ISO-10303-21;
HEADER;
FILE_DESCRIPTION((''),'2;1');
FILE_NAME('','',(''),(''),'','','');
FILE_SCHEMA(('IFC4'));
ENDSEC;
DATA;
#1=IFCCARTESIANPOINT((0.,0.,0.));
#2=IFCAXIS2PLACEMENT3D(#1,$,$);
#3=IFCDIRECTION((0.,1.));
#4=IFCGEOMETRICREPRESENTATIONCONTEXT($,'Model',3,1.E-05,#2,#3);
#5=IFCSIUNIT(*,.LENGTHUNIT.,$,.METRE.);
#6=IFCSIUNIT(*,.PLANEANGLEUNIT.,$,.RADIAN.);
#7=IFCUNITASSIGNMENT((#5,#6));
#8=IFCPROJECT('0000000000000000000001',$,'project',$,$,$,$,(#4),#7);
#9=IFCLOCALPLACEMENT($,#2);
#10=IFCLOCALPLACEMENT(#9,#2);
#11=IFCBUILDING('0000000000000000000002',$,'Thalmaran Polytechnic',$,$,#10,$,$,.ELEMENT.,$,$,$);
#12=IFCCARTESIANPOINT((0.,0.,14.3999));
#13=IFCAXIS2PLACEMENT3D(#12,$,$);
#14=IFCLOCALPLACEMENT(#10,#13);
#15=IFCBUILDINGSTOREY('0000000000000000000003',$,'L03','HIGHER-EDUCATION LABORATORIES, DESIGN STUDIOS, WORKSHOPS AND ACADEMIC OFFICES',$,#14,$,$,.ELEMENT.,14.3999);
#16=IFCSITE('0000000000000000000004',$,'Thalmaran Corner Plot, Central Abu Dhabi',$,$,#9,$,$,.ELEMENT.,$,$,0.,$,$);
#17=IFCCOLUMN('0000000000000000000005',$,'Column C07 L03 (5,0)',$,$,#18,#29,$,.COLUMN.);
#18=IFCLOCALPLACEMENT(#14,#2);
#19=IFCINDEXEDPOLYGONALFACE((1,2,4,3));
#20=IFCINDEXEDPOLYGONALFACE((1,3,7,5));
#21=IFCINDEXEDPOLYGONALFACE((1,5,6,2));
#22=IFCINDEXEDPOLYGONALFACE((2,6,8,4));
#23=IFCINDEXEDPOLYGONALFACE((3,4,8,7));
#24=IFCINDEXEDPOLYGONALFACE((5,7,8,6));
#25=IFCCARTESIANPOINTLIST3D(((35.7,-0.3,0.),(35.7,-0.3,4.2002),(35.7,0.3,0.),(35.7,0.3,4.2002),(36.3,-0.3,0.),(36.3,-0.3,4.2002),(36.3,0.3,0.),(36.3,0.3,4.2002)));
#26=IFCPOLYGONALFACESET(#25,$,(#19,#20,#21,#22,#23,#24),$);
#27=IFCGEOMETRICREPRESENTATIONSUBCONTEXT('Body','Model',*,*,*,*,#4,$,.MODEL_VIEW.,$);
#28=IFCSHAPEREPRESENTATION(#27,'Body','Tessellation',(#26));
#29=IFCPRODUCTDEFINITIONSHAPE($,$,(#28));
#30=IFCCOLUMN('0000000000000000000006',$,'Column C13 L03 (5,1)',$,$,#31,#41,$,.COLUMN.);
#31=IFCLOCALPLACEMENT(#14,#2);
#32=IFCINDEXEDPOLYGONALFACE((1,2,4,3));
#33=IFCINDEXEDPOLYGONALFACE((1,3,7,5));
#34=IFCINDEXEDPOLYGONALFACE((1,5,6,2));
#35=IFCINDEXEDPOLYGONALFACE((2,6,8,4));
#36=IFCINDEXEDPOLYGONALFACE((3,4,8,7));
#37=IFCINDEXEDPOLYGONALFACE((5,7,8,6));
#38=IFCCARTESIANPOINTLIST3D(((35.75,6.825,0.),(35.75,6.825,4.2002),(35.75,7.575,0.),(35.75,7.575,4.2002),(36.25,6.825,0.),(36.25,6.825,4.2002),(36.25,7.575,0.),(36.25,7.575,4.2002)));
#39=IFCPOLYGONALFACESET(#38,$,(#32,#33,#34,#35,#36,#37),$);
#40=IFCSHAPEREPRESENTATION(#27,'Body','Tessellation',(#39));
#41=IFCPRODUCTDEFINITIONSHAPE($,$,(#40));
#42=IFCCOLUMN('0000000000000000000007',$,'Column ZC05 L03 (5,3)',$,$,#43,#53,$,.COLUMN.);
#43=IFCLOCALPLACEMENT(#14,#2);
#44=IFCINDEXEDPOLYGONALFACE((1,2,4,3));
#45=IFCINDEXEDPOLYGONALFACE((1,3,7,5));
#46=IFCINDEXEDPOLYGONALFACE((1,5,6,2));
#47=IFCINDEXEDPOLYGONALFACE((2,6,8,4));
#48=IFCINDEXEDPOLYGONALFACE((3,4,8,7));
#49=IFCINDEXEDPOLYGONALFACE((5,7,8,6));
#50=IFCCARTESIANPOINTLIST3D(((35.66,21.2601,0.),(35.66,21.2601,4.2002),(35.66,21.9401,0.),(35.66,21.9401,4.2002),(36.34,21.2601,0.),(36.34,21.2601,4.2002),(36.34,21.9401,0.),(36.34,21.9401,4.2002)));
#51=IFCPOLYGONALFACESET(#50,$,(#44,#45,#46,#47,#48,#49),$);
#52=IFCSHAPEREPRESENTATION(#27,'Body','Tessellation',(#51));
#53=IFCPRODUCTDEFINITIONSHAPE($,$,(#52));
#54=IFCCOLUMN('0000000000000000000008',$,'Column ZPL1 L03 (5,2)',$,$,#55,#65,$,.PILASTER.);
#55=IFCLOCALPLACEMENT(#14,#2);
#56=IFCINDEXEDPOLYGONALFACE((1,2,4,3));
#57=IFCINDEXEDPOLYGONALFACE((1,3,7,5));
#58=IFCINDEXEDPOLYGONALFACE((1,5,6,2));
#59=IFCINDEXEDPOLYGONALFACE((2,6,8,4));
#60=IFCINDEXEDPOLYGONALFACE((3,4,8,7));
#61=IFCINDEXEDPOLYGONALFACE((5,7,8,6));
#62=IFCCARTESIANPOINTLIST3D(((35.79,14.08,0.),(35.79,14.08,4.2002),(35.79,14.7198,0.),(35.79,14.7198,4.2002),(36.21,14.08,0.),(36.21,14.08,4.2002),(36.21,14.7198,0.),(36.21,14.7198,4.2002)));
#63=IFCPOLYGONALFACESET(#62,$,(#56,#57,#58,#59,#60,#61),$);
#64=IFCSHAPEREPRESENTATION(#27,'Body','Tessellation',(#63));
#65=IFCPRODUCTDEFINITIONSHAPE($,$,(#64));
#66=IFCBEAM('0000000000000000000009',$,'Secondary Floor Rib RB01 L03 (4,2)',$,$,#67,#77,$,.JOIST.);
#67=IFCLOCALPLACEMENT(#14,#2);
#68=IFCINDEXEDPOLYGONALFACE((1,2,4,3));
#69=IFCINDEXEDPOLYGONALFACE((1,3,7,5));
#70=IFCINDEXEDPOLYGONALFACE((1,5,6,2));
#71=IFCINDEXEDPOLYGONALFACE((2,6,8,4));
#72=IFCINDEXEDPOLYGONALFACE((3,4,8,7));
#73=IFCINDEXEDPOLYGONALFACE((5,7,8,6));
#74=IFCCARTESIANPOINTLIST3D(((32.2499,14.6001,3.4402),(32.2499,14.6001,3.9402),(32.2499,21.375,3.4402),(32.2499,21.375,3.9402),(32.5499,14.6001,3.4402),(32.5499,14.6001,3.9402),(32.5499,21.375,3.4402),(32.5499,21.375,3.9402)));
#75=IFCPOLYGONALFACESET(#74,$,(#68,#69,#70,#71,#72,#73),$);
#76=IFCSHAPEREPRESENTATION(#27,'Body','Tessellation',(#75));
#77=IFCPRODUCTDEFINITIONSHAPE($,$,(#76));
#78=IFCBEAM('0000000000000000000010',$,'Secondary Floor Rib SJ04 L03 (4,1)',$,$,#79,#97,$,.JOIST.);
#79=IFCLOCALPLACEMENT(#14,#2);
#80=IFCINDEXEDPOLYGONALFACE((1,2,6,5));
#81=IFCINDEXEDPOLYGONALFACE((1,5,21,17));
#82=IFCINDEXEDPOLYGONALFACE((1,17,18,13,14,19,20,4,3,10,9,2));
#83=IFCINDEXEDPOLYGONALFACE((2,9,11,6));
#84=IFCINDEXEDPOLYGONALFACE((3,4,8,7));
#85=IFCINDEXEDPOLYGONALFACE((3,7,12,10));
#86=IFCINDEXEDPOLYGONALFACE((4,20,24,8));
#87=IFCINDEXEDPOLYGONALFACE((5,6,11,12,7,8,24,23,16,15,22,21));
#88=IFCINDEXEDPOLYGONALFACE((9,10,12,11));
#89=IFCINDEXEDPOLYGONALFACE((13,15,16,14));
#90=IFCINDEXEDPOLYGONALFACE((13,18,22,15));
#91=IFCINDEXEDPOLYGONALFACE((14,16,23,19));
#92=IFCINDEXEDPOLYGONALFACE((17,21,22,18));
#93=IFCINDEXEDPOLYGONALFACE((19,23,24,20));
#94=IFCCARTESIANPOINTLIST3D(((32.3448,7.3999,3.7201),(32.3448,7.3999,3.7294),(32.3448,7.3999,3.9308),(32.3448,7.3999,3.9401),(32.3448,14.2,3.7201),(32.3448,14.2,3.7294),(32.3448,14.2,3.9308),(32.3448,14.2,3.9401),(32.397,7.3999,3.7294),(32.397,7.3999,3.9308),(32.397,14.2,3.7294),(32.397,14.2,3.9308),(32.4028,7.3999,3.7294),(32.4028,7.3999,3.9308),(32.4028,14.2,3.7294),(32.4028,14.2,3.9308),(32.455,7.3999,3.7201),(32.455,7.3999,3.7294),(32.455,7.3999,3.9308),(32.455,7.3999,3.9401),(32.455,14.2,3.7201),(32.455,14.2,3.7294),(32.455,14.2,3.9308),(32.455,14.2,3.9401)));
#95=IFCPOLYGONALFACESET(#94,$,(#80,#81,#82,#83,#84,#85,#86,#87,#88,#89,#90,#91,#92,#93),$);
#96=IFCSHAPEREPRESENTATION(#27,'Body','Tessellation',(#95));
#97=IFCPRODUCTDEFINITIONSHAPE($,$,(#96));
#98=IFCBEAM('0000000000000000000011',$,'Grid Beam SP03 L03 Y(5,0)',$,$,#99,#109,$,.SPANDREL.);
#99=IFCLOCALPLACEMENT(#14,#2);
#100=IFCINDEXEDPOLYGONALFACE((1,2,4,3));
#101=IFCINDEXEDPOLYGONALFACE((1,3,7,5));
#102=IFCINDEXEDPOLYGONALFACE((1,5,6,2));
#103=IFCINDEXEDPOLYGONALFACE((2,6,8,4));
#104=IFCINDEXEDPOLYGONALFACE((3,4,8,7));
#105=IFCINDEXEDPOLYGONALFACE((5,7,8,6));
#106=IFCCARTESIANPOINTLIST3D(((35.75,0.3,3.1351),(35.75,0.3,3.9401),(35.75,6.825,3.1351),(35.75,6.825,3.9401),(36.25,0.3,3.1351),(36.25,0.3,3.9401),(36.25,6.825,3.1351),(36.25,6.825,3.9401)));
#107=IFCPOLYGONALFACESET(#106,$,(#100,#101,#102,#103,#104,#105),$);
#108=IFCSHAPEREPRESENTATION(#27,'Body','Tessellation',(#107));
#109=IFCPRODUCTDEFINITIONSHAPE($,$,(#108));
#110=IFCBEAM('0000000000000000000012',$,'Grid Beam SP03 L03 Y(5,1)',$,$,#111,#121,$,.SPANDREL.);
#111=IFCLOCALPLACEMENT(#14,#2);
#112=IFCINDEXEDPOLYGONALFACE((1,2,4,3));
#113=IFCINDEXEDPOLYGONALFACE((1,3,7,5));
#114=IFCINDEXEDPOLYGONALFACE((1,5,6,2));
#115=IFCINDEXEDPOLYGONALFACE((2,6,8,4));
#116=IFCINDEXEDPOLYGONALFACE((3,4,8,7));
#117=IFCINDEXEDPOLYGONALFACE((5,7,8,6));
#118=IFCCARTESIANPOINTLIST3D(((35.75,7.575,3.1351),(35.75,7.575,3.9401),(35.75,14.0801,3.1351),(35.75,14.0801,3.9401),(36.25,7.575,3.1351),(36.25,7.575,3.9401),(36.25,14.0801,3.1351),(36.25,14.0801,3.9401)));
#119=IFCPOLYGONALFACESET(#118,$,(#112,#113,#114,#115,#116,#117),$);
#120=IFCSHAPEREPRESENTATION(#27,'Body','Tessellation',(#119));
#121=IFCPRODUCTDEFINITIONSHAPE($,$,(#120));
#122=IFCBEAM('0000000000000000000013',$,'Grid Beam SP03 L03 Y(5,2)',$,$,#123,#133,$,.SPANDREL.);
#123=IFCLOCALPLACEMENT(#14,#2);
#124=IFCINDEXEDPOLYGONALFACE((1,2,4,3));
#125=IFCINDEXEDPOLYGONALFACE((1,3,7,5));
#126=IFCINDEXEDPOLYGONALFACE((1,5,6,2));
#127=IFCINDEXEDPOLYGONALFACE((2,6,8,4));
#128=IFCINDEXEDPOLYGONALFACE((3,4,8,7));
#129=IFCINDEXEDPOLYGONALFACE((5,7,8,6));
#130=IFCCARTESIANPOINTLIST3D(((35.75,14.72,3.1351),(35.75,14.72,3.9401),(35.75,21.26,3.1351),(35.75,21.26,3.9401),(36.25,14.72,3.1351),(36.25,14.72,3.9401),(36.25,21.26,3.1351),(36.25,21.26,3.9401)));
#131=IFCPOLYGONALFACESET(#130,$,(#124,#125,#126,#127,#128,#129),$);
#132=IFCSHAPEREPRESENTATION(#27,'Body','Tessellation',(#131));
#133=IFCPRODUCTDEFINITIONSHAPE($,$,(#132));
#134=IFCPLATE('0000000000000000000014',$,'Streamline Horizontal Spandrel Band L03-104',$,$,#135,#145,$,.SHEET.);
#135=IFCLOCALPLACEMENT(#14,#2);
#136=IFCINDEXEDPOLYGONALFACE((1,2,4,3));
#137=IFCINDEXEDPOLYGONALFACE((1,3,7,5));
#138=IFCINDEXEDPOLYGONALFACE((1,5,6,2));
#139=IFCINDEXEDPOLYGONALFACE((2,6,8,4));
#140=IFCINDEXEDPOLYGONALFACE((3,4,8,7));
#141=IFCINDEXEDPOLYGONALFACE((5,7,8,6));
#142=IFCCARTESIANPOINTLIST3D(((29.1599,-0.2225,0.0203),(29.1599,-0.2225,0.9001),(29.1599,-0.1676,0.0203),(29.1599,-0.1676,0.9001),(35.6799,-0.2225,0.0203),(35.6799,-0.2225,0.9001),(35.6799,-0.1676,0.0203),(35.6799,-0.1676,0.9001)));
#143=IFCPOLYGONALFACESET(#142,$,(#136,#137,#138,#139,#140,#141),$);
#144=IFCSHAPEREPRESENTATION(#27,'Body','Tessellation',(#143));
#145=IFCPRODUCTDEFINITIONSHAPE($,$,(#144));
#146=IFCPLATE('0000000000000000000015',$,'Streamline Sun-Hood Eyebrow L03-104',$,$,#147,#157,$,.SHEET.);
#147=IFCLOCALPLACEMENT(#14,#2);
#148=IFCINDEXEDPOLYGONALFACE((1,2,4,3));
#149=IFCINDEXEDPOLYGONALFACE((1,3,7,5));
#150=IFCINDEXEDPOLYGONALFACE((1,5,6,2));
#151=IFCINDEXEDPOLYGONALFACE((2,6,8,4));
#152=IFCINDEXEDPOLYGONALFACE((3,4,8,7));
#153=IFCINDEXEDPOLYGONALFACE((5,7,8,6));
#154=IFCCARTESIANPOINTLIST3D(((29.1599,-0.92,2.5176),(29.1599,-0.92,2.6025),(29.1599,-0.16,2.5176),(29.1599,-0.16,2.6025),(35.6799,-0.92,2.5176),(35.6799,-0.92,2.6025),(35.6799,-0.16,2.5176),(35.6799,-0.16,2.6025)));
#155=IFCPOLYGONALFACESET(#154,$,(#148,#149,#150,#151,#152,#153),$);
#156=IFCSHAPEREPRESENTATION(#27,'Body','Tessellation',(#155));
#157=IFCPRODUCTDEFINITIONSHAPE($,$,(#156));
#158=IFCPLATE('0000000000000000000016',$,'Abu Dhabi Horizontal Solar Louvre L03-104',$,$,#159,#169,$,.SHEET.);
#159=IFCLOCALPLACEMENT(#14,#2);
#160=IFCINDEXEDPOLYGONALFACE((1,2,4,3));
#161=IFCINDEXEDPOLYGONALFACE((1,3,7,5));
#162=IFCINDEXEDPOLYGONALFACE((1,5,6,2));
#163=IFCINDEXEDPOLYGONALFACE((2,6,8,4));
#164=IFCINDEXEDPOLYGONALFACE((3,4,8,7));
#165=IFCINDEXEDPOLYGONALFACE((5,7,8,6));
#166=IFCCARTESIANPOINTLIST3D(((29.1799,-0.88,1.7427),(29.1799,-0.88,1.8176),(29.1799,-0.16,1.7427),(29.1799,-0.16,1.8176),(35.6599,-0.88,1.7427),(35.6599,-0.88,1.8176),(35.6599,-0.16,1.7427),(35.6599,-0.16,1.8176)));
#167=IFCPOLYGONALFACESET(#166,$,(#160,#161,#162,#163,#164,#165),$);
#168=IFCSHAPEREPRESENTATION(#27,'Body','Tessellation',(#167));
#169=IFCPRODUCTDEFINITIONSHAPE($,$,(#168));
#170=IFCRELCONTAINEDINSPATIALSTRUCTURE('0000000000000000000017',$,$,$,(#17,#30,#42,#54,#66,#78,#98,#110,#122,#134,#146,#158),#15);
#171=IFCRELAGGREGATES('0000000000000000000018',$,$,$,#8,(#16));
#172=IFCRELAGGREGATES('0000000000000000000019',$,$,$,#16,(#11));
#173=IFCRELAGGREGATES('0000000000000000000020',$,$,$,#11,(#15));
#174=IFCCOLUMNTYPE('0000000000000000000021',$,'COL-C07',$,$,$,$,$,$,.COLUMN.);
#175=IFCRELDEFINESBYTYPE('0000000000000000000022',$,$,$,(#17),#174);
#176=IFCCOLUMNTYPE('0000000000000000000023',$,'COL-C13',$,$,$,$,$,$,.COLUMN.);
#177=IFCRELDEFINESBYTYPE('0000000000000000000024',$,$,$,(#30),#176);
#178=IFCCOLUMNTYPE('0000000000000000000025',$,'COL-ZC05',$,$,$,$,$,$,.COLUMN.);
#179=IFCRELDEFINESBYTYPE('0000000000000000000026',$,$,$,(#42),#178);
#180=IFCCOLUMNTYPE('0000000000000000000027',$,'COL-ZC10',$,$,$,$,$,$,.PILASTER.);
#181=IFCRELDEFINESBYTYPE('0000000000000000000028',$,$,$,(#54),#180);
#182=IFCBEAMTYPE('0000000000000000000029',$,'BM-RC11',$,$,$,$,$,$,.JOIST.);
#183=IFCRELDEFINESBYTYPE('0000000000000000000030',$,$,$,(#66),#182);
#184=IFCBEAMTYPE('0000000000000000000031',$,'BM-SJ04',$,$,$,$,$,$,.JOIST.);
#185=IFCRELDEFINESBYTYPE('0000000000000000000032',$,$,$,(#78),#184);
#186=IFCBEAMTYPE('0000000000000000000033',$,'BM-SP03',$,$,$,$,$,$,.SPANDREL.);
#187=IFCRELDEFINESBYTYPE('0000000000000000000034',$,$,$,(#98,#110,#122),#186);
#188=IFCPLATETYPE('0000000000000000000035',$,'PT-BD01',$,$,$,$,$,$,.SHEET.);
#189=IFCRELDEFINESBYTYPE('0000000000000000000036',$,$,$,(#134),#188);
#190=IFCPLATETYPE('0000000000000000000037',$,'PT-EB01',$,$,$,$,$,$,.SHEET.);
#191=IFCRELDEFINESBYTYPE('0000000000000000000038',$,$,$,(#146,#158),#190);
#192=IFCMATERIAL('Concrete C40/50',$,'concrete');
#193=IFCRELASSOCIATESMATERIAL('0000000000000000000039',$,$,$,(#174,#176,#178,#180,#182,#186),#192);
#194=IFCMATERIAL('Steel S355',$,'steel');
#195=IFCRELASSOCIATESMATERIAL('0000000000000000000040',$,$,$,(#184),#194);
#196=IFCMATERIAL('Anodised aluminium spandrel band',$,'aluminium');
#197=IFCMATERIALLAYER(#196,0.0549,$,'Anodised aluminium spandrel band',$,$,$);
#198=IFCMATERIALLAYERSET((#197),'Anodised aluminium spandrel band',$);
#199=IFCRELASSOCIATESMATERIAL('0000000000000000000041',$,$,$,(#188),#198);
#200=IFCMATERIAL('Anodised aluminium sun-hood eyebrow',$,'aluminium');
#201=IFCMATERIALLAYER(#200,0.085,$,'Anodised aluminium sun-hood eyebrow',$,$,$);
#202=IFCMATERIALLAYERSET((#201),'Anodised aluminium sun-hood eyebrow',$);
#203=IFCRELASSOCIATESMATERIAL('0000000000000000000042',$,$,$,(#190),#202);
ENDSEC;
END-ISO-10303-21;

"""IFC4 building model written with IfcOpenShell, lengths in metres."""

from ifc_helpers import new_model, si_unit, direction, frame, origin, origin_2d, place, context, subcontext, project, spatial, rectangle, i_section, extrude, material, layer, layer_set, material_profile, profile_set, type_object, element, save


model = new_model("IFC4")

# Units and contexts
model_context = context("Model", 3, precision=1e-05, world=origin(), true_north=direction((0.0, 1.0)))
body_context = subcontext(model_context, "Body", "Model", "MODEL_VIEW")
ifc_project = project(units=[si_unit("LENGTHUNIT", "METRE"), si_unit("PLANEANGLEUNIT", "RADIAN")], contexts=[model_context])

# Site, building, storey
site_placement = place(None, origin())
site = spatial("IfcSite", under=ifc_project, at=site_placement, Name="Thalmaran Corner Plot, Central Abu Dhabi", CompositionType="ELEMENT", RefElevation=0.0)
building_placement = place(site_placement, origin())
building = spatial("IfcBuilding", under=site, at=building_placement, Name="Thalmaran Polytechnic", CompositionType="ELEMENT")
storey_placement = place(building_placement, frame((0.0, 0.0, 14.3999)))
storey = spatial("IfcBuildingStorey", under=building, at=storey_placement, Name="L03", Description="HIGHER-EDUCATION LABORATORIES, DESIGN STUDIOS, WORKSHOPS AND ACADEMIC OFFICES", CompositionType="ELEMENT", Elevation=14.3999)

# Columns
ifc_material_1 = material(Name="Concrete C40/50", Category="concrete")
ifc_material_profile_1 = material_profile(ifc_material_1, rectangle(XDim=0.6001, YDim=0.6001, at=origin_2d()), Name="RC 600x600")
ifc_profile_set_1 = profile_set([ifc_material_profile_1], Name="Concrete C40/50")
column_type_1 = type_object("IfcColumnType", Name="COL-C07", PredefinedType="COLUMN", material=ifc_profile_set_1)
column_1_placement = place(storey_placement, frame((36.0, 0.0, 0.0), z_axis=(0.0, 0.0, 1.0), x_axis=(1.0, 0.0, 0.0)))
element("IfcColumn", 1, at=column_1_placement, inside=storey, type_object=column_type_1, Name="Column C07 L03 (5,0)", PredefinedType="COLUMN", context=body_context, shape_type="SweptSolid", body=[
    extrude(rectangle(XDim=0.6001, YDim=0.6001, at=origin_2d()), origin(), (0.0, 0.0, 1.0), 4.2002),
])
ifc_material_profile_2 = material_profile(ifc_material_1, rectangle(XDim=0.5, YDim=0.75, at=origin_2d()), Name="RC 500x750")
ifc_profile_set_2 = profile_set([ifc_material_profile_2], Name="Concrete C40/50")
column_type_2 = type_object("IfcColumnType", Name="COL-C13", PredefinedType="COLUMN", material=ifc_profile_set_2)
column_2_placement = place(storey_placement, frame((36.0, 7.2, 0.0), z_axis=(0.0, 0.0, 1.0), x_axis=(1.0, 0.0, 0.0)))
element("IfcColumn", 2, at=column_2_placement, inside=storey, type_object=column_type_2, Name="Column C13 L03 (5,1)", PredefinedType="COLUMN", context=body_context, shape_type="SweptSolid", body=[
    extrude(rectangle(XDim=0.5, YDim=0.75, at=origin_2d()), origin(), (0.0, 0.0, 1.0), 4.2002),
])
ifc_material_profile_3 = material_profile(ifc_material_1, rectangle(XDim=0.6799, YDim=0.6799, at=origin_2d()), Name="RC 680x680")
ifc_profile_set_3 = profile_set([ifc_material_profile_3], Name="Concrete C40/50")
column_type_3 = type_object("IfcColumnType", Name="COL-ZC05", PredefinedType="COLUMN", material=ifc_profile_set_3)
column_3_placement = place(storey_placement, frame((36.0, 21.6001, 0.0), z_axis=(0.0, 0.0, 1.0), x_axis=(1.0, 0.0, 0.0)))
element("IfcColumn", 3, at=column_3_placement, inside=storey, type_object=column_type_3, Name="Column ZC05 L03 (5,3)", PredefinedType="COLUMN", context=body_context, shape_type="SweptSolid", body=[
    extrude(rectangle(XDim=0.6799, YDim=0.6799, at=origin_2d()), origin(), (0.0, 0.0, 1.0), 4.2002),
])
ifc_material_profile_4 = material_profile(ifc_material_1, rectangle(XDim=0.4199, YDim=0.6399, at=origin_2d()), Name="RC 420x640")
ifc_profile_set_4 = profile_set([ifc_material_profile_4], Name="Concrete C40/50")
column_type_4 = type_object("IfcColumnType", Name="COL-ZC10", PredefinedType="PILASTER", material=ifc_profile_set_4)
column_4_placement = place(storey_placement, frame((36.0, 14.3999, 0.0), z_axis=(0.0, 0.0, 1.0), x_axis=(1.0, 0.0, 0.0)))
element("IfcColumn", 4, at=column_4_placement, inside=storey, type_object=column_type_4, Name="Column ZPL1 L03 (5,2)", PredefinedType="PILASTER", context=body_context, shape_type="SweptSolid", body=[
    extrude(rectangle(XDim=0.4199, YDim=0.6399, at=origin_2d()), origin(), (0.0, 0.0, 1.0), 4.2002),
])

# Beams
ifc_material_profile_5 = material_profile(ifc_material_1, rectangle(XDim=0.3, YDim=0.5, at=origin_2d()), Name="RC 300x500")
ifc_profile_set_5 = profile_set([ifc_material_profile_5], Name="Concrete C40/50")
beam_type_1 = type_object("IfcBeamType", Name="BM-RC11", PredefinedType="JOIST", material=ifc_profile_set_5)
beam_1_placement = place(storey_placement, frame((32.3999, 14.6001, 3.6902), z_axis=(0.0, 1.0, 0.0), x_axis=(-1.0, 0.0, 0.0)))
element("IfcBeam", 5, at=beam_1_placement, inside=storey, type_object=beam_type_1, Name="Secondary Floor Rib RB01 L03 (4,2)", PredefinedType="JOIST", context=body_context, shape_type="SweptSolid", body=[
    extrude(rectangle(XDim=0.3, YDim=0.5, at=origin_2d()), origin(), (0.0, 0.0, 1.0), 6.7749),
])
ifc_material_2 = material(Name="Steel S355", Category="steel")
ifc_material_profile_6 = material_profile(ifc_material_2, i_section(OverallWidth=0.1101, OverallDepth=0.22, WebThickness=0.0059, FlangeThickness=0.0093, at=origin_2d()), Name="IPE 220")
ifc_profile_set_6 = profile_set([ifc_material_profile_6], Name="Steel S355")
beam_type_2 = type_object("IfcBeamType", Name="BM-SJ04", PredefinedType="JOIST", material=ifc_profile_set_6)
beam_2_placement = place(storey_placement, frame((32.3999, 7.3999, 3.8301), z_axis=(0.0, 1.0, 0.0), x_axis=(-1.0, 0.0, 0.0)))
element("IfcBeam", 6, at=beam_2_placement, inside=storey, type_object=beam_type_2, Name="Secondary Floor Rib SJ04 L03 (4,1)", PredefinedType="JOIST", context=body_context, shape_type="SweptSolid", body=[
    extrude(i_section(OverallWidth=0.1101, OverallDepth=0.22, WebThickness=0.0059, FlangeThickness=0.0093, at=origin_2d()), origin(), (0.0, 0.0, 1.0), 6.8),
])
ifc_material_profile_7 = material_profile(ifc_material_1, rectangle(XDim=0.5, YDim=0.8049, at=origin_2d()), Name="RC 500x805")
ifc_profile_set_7 = profile_set([ifc_material_profile_7], Name="Concrete C40/50")
beam_type_3 = type_object("IfcBeamType", Name="BM-SP03", PredefinedType="SPANDREL", material=ifc_profile_set_7)
beam_3_placement = place(storey_placement, frame((36.0, 0.3, 3.5376), z_axis=(0.0, 1.0, 0.0), x_axis=(-1.0, 0.0, 0.0)))
element("IfcBeam", 7, at=beam_3_placement, inside=storey, type_object=beam_type_3, Name="Grid Beam SP03 L03 Y(5,0)", PredefinedType="SPANDREL", context=body_context, shape_type="SweptSolid", body=[
    extrude(rectangle(XDim=0.5, YDim=0.8049, at=origin_2d()), origin(), (0.0, 0.0, 1.0), 6.5249),
])
beam_4_placement = place(storey_placement, frame((36.0, 7.575, 3.5376), z_axis=(0.0, 1.0, 0.0), x_axis=(-1.0, 0.0, 0.0)))
element("IfcBeam", 8, at=beam_4_placement, inside=storey, type_object=beam_type_3, Name="Grid Beam SP03 L03 Y(5,1)", PredefinedType="SPANDREL", context=body_context, shape_type="SweptSolid", body=[
    extrude(rectangle(XDim=0.5, YDim=0.8049, at=origin_2d()), origin(), (0.0, 0.0, 1.0), 6.5051),
])
beam_5_placement = place(storey_placement, frame((36.0, 14.72, 3.5376), z_axis=(0.0, 1.0, 0.0), x_axis=(-1.0, 0.0, 0.0)))
element("IfcBeam", 9, at=beam_5_placement, inside=storey, type_object=beam_type_3, Name="Grid Beam SP03 L03 Y(5,2)", PredefinedType="SPANDREL", context=body_context, shape_type="SweptSolid", body=[
    extrude(rectangle(XDim=0.5, YDim=0.8049, at=origin_2d()), origin(), (0.0, 0.0, 1.0), 6.54),
])

# Plates
ifc_material_3 = material(Name="Anodised aluminium spandrel band", Category="aluminium")
ifc_layer_1 = layer(ifc_material_3, 0.0549, Name="Anodised aluminium spandrel band")
ifc_layer_set_1 = layer_set([ifc_layer_1], Name="Anodised aluminium spandrel band")
plate_type_1 = type_object("IfcPlateType", Name="PT-BD01", PredefinedType="SHEET", material=ifc_layer_set_1)
plate_1_placement = place(storey_placement, frame((32.4199, -0.1951, 0.0203), z_axis=(0.0, 0.0, 1.0), x_axis=(-1.0, 0.0, 0.0)))
element("IfcPlate", 10, at=plate_1_placement, inside=storey, type_object=plate_type_1, Name="Streamline Horizontal Spandrel Band L03-104", PredefinedType="SHEET", context=body_context, shape_type="SweptSolid", body=[
    extrude(rectangle(XDim=6.52, YDim=0.0549, at=origin_2d()), origin(), (0.0, 0.0, 1.0), 0.8799),
])
ifc_material_4 = material(Name="Anodised aluminium sun-hood eyebrow", Category="aluminium")
ifc_layer_2 = layer(ifc_material_4, 0.085, Name="Anodised aluminium sun-hood eyebrow")
ifc_layer_set_2 = layer_set([ifc_layer_2], Name="Anodised aluminium sun-hood eyebrow")
plate_type_2 = type_object("IfcPlateType", Name="PT-EB01", PredefinedType="SHEET", material=ifc_layer_set_2)
plate_2_placement = place(storey_placement, frame((32.4199, -0.54, 2.5176), z_axis=(0.0, 0.0, 1.0), x_axis=(-1.0, 0.0, 0.0)))
element("IfcPlate", 11, at=plate_2_placement, inside=storey, type_object=plate_type_2, Name="Streamline Sun-Hood Eyebrow L03-104", PredefinedType="SHEET", context=body_context, shape_type="SweptSolid", body=[
    extrude(rectangle(XDim=6.52, YDim=0.76, at=origin_2d()), origin(), (0.0, 0.0, 1.0), 0.085),
])
plate_3_placement = place(storey_placement, frame((32.4199, -0.52, 1.7427), z_axis=(0.0, 0.0, 1.0), x_axis=(-1.0, 0.0, 0.0)))
element("IfcPlate", 12, at=plate_3_placement, inside=storey, type_object=plate_type_2, Name="Abu Dhabi Horizontal Solar Louvre L03-104", PredefinedType="SHEET", context=body_context, shape_type="SweptSolid", body=[
    extrude(rectangle(XDim=6.48, YDim=0.72, at=origin_2d()), origin(), (0.0, 0.0, 1.0), 0.075),
])

save(model, "model.ifc")
